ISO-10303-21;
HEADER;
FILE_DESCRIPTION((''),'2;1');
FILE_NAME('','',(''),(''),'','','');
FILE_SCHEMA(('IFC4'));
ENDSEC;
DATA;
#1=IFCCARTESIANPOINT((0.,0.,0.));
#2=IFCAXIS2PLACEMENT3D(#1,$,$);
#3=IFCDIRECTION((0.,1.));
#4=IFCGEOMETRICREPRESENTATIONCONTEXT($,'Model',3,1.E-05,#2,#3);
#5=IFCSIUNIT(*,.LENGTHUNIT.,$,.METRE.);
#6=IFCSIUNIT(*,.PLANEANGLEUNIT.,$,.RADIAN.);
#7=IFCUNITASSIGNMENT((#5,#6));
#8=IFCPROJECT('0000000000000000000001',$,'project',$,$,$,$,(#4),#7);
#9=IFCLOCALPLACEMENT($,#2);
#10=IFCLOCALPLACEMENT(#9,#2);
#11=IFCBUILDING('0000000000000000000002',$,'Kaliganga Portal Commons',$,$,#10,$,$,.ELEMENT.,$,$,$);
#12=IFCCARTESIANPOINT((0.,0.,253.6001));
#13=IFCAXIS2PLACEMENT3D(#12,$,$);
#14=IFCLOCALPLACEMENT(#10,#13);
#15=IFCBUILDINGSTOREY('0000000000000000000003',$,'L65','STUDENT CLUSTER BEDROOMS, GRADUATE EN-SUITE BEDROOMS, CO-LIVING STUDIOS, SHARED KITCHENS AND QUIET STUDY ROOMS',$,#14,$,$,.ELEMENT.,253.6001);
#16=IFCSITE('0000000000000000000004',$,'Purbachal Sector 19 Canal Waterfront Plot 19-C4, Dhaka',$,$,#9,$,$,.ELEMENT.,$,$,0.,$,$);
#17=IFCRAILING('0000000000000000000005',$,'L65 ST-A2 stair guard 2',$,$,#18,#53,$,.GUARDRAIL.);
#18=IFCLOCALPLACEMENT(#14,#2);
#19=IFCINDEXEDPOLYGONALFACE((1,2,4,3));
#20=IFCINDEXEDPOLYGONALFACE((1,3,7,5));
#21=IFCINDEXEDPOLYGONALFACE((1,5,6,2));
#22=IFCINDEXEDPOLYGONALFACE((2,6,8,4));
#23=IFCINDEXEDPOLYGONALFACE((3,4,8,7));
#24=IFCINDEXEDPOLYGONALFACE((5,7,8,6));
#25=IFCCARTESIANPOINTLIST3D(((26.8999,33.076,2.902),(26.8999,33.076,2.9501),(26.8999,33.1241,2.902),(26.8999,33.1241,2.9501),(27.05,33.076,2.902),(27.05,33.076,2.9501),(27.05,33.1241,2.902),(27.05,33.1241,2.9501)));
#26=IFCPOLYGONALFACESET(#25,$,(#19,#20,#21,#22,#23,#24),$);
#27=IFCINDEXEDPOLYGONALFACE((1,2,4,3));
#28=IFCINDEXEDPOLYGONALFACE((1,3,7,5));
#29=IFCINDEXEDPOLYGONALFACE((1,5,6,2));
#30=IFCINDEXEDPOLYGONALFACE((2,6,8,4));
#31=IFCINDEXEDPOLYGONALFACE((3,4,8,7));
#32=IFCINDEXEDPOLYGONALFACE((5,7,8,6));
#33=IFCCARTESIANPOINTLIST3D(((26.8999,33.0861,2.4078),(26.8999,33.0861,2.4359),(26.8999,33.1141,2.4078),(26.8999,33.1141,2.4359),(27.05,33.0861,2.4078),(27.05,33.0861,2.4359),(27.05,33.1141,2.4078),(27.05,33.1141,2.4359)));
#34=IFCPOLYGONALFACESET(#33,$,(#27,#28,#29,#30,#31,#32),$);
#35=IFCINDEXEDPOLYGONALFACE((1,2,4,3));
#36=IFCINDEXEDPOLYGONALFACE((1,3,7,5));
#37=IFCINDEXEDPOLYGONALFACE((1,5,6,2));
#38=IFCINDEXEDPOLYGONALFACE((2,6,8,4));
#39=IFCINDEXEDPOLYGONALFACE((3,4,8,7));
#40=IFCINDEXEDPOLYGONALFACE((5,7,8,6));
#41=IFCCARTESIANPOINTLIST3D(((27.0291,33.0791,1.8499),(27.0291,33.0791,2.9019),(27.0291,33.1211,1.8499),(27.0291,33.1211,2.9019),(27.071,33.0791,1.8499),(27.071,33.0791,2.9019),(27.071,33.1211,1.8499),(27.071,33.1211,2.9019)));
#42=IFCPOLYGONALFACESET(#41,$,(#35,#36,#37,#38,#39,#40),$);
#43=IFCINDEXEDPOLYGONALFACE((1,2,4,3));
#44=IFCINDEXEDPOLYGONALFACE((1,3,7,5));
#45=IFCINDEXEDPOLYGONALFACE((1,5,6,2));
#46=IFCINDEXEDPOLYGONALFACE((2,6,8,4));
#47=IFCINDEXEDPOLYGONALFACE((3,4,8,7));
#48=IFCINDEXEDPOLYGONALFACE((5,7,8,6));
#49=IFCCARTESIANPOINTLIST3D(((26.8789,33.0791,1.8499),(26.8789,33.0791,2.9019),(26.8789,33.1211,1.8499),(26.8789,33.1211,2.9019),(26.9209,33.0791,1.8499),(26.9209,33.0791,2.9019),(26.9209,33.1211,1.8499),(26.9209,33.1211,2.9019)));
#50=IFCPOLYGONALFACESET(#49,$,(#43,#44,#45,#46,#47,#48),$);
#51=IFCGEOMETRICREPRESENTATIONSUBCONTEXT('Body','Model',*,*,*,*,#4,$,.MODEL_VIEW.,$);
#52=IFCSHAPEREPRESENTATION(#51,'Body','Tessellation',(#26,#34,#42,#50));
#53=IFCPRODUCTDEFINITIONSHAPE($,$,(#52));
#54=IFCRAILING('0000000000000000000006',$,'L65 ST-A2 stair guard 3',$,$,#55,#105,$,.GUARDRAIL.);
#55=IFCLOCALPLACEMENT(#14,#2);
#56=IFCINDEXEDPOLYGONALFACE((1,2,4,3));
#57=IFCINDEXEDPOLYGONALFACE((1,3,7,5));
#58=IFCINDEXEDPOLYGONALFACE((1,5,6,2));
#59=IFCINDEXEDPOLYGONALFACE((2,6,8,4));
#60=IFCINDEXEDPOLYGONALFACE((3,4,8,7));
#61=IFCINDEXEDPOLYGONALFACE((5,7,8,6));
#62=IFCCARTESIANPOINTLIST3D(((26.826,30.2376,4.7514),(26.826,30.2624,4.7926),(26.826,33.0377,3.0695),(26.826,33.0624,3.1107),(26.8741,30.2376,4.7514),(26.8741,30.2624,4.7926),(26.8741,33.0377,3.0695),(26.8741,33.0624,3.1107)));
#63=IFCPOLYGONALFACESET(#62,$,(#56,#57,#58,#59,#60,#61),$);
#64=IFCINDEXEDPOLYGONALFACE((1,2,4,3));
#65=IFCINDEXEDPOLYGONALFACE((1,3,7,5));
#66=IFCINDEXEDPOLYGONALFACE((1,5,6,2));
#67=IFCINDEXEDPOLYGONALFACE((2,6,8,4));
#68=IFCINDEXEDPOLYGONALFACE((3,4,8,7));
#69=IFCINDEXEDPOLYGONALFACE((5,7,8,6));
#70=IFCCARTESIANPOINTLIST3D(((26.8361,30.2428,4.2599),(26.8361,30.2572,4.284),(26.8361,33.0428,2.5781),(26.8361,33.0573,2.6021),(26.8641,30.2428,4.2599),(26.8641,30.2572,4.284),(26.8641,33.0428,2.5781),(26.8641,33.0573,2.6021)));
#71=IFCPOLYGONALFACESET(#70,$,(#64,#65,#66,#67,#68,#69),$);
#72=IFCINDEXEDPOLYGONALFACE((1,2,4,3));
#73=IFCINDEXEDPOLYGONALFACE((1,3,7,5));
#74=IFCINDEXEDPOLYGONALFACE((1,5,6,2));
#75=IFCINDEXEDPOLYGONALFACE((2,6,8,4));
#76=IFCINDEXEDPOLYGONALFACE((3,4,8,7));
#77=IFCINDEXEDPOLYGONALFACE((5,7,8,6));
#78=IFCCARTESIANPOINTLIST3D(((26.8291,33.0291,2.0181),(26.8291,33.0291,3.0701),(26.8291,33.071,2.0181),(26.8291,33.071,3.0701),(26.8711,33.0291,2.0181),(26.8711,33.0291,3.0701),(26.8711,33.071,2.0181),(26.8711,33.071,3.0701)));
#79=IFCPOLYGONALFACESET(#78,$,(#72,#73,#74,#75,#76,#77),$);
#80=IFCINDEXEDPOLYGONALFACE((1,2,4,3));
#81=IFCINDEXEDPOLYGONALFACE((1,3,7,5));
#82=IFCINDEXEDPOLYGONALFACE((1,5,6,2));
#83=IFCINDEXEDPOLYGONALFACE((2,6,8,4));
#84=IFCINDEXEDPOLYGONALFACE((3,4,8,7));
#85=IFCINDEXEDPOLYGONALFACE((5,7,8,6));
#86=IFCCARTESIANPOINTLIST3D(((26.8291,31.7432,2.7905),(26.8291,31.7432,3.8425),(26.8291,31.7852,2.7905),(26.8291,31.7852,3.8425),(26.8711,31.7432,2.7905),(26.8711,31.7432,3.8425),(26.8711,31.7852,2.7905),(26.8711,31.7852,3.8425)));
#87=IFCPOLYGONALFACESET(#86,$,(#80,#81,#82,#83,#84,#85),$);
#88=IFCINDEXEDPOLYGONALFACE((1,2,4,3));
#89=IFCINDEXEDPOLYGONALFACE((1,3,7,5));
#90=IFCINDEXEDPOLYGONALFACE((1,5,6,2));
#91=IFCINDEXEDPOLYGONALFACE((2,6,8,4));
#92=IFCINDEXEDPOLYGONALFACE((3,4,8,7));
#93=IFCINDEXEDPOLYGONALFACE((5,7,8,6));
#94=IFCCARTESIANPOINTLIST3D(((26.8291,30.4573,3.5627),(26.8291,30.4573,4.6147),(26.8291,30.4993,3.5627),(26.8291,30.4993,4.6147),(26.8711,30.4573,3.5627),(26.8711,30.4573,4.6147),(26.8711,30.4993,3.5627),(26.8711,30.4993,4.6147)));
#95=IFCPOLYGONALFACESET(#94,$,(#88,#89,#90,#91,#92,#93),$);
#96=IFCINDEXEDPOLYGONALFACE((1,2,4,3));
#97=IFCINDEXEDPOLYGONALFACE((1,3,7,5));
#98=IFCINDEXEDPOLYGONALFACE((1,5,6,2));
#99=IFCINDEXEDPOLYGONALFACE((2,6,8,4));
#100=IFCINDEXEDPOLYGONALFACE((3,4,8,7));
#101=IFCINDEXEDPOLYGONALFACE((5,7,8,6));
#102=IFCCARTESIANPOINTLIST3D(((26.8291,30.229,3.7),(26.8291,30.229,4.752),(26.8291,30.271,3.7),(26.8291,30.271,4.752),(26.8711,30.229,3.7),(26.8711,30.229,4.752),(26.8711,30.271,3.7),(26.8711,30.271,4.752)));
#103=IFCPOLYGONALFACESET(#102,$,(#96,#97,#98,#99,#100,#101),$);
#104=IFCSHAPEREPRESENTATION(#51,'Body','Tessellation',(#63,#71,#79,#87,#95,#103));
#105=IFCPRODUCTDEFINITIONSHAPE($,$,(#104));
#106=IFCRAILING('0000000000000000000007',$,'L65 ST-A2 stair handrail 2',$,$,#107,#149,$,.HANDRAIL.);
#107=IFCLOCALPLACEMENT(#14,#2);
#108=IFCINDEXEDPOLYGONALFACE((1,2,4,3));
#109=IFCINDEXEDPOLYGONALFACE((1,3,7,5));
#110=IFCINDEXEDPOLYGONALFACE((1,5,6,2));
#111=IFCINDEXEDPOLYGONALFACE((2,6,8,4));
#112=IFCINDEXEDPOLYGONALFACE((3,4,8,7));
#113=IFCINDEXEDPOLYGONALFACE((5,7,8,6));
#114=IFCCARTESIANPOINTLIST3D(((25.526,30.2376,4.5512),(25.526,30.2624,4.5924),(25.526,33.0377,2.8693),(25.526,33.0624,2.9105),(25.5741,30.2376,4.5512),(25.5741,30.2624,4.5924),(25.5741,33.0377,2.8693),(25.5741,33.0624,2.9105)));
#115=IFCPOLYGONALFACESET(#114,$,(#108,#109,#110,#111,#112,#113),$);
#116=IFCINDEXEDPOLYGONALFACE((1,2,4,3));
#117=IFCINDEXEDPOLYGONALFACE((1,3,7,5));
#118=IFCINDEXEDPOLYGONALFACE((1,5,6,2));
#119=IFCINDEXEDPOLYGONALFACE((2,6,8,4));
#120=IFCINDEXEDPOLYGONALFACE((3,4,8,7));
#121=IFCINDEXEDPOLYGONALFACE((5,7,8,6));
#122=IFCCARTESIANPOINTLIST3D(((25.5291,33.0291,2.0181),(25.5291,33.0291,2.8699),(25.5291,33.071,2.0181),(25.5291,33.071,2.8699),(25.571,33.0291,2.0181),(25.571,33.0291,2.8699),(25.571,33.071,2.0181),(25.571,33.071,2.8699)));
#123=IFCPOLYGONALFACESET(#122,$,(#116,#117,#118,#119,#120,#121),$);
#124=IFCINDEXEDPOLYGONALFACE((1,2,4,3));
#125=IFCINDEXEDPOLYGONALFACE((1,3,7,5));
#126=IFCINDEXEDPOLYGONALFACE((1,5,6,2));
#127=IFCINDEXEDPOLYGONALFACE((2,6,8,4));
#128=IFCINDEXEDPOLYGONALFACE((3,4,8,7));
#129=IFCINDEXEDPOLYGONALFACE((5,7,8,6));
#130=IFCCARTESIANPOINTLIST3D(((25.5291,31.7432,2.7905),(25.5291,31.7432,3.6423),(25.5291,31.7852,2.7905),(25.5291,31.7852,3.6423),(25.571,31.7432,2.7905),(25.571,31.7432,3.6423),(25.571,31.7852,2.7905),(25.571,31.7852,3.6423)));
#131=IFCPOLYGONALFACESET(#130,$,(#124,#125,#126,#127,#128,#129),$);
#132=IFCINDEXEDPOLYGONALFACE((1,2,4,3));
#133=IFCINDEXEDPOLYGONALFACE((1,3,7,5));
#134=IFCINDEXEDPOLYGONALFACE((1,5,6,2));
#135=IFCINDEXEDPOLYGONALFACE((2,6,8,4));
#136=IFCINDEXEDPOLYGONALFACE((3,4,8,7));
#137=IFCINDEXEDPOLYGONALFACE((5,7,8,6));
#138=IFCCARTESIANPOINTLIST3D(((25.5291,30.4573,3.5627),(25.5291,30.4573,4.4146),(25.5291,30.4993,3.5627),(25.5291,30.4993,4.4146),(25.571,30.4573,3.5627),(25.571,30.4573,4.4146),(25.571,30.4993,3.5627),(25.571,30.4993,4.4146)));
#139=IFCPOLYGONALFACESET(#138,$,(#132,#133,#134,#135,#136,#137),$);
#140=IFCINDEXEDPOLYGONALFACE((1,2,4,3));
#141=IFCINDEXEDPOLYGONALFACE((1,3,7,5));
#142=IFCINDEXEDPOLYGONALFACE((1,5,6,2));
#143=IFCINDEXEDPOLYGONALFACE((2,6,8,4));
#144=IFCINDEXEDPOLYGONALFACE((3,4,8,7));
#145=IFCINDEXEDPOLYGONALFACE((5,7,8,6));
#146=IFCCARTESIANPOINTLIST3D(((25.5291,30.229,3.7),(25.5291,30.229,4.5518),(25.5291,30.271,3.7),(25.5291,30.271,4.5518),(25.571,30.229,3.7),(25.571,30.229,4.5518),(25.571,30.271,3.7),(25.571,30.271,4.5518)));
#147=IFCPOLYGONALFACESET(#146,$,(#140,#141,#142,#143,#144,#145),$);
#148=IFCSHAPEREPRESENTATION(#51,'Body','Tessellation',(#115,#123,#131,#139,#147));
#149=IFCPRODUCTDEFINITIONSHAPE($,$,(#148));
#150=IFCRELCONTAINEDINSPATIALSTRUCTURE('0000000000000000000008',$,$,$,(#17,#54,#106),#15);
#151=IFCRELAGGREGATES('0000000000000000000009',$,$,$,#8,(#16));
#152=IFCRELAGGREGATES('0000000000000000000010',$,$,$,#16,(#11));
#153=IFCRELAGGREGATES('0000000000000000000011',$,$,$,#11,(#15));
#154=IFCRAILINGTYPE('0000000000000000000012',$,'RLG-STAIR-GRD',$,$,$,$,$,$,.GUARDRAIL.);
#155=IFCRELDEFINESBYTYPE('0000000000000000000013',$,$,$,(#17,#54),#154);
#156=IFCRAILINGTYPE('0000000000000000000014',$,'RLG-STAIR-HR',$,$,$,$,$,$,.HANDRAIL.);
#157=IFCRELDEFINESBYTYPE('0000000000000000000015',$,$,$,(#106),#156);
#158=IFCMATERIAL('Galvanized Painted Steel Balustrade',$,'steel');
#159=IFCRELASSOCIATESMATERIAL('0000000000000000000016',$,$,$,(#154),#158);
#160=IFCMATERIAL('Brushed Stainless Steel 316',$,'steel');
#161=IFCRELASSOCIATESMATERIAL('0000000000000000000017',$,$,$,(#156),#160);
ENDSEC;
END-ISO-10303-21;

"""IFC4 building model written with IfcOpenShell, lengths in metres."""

from ifc_helpers import new_model, si_unit, direction, frame, origin, origin_2d, place, context, subcontext, project, spatial, rectangle, extrude, material, type_object, element, save


model = new_model("IFC4")

# Units and contexts
model_context = context("Model", 3, precision=1e-05, world=origin(), true_north=direction((0.0, 1.0)))
body_context = subcontext(model_context, "Body", "Model", "MODEL_VIEW")
ifc_project = project(units=[si_unit("LENGTHUNIT", "METRE"), si_unit("PLANEANGLEUNIT", "RADIAN")], contexts=[model_context])

# Site, building, storey
site_placement = place(None, origin())
site = spatial("IfcSite", under=ifc_project, at=site_placement, Name="Purbachal Sector 19 Canal Waterfront Plot 19-C4, Dhaka", CompositionType="ELEMENT", RefElevation=0.0)
building_placement = place(site_placement, origin())
building = spatial("IfcBuilding", under=site, at=building_placement, Name="Kaliganga Portal Commons", CompositionType="ELEMENT")
storey_placement = place(building_placement, frame((0.0, 0.0, 253.6001)))
storey = spatial("IfcBuildingStorey", under=building, at=storey_placement, Name="L65", Description="STUDENT CLUSTER BEDROOMS, GRADUATE EN-SUITE BEDROOMS, CO-LIVING STUDIOS, SHARED KITCHENS AND QUIET STUDY ROOMS", CompositionType="ELEMENT", Elevation=253.6001)

# Railings
ifc_material_1 = material(Name="Galvanized Painted Steel Balustrade", Category="steel")
railing_type_1 = type_object("IfcRailingType", Name="RLG-STAIR-GRD", PredefinedType="GUARDRAIL", material=ifc_material_1)
railing_1_placement = place(storey_placement, frame((27.05, 33.1001, 1.8499)))
element("IfcRailing", 1, at=railing_1_placement, inside=storey, type_object=railing_type_1, Name="L65 ST-A2 stair guard 2", PredefinedType="GUARDRAIL", context=body_context, shape_type="SweptSolid", body=[
    extrude(rectangle(XDim=0.0481, YDim=0.0481, at=origin_2d()), frame((0.0, 0.0, 1.0762), z_axis=(-1.0, 0.0, 0.0), x_axis=(0.0, -1.0, 0.0)), (0.0, 0.0, 1.0), 0.1501),
    extrude(rectangle(XDim=0.0281, YDim=0.0281, at=origin_2d()), frame((0.0, 0.0, 0.572), z_axis=(-1.0, 0.0, 0.0), x_axis=(0.0, -1.0, 0.0)), (0.0, 0.0, 1.0), 0.1501),
    extrude(rectangle(XDim=0.042, YDim=0.042, at=origin_2d()), origin(), (0.0, 0.0, 1.0), 1.052),
    extrude(rectangle(XDim=0.042, YDim=0.042, at=origin_2d()), frame((-0.1501, 0.0, 0.0)), (0.0, 0.0, 1.0), 1.052),
])
railing_2_placement = place(storey_placement, frame((26.8501, 33.05, 2.0181)))
element("IfcRailing", 2, at=railing_2_placement, inside=storey, type_object=railing_type_1, Name="L65 ST-A2 stair guard 3", PredefinedType="GUARDRAIL", context=body_context, shape_type="SweptSolid", body=[
    extrude(rectangle(XDim=0.0481, YDim=0.0481, at=origin_2d()), frame((0.0, 0.0, 1.072), z_axis=(0.0, -0.857242, 0.514913), x_axis=(1.0, 0.0, 0.0)), (0.0, 0.0, 1.0), 3.2664),
    extrude(rectangle(XDim=0.0281, YDim=0.0281, at=origin_2d()), frame((0.0, 0.0, 0.572), z_axis=(0.0, -0.857242, 0.514913), x_axis=(1.0, 0.0, 0.0)), (0.0, 0.0, 1.0), 3.2664),
    extrude(rectangle(XDim=0.042, YDim=0.042, at=origin_2d()), origin(), (0.0, 0.0, 1.0), 1.052),
    extrude(rectangle(XDim=0.042, YDim=0.042, at=origin_2d()), frame((0.0, -1.2859, 0.7725)), (0.0, 0.0, 1.0), 1.052),
    extrude(rectangle(XDim=0.042, YDim=0.042, at=origin_2d()), frame((0.0, -2.5718, 1.5447)), (0.0, 0.0, 1.0), 1.052),
    extrude(rectangle(XDim=0.042, YDim=0.042, at=origin_2d()), frame((0.0, -2.8, 1.6819)), (0.0, 0.0, 1.0), 1.052),
])
ifc_material_2 = material(Name="Brushed Stainless Steel 316", Category="steel")
railing_type_2 = type_object("IfcRailingType", Name="RLG-STAIR-HR", PredefinedType="HANDRAIL", material=ifc_material_2)
railing_3_placement = place(storey_placement, frame((25.55, 33.05, 2.0181)))
element("IfcRailing", 3, at=railing_3_placement, inside=storey, type_object=railing_type_2, Name="L65 ST-A2 stair handrail 2", PredefinedType="HANDRAIL", context=body_context, shape_type="SweptSolid", body=[
    extrude(rectangle(XDim=0.0481, YDim=0.0481, at=origin_2d()), frame((0.0, 0.0, 0.8718), z_axis=(0.0, -0.857242, 0.514913), x_axis=(1.0, 0.0, 0.0)), (0.0, 0.0, 1.0), 3.2664),
    extrude(rectangle(XDim=0.042, YDim=0.042, at=origin_2d()), origin(), (0.0, 0.0, 1.0), 0.8518),
    extrude(rectangle(XDim=0.042, YDim=0.042, at=origin_2d()), frame((0.0, -1.2859, 0.7725)), (0.0, 0.0, 1.0), 0.8518),
    extrude(rectangle(XDim=0.042, YDim=0.042, at=origin_2d()), frame((0.0, -2.5718, 1.5447)), (0.0, 0.0, 1.0), 0.8518),
    extrude(rectangle(XDim=0.042, YDim=0.042, at=origin_2d()), frame((0.0, -2.8, 1.6819)), (0.0, 0.0, 1.0), 0.8518),
])

save(model, "model.ifc")
